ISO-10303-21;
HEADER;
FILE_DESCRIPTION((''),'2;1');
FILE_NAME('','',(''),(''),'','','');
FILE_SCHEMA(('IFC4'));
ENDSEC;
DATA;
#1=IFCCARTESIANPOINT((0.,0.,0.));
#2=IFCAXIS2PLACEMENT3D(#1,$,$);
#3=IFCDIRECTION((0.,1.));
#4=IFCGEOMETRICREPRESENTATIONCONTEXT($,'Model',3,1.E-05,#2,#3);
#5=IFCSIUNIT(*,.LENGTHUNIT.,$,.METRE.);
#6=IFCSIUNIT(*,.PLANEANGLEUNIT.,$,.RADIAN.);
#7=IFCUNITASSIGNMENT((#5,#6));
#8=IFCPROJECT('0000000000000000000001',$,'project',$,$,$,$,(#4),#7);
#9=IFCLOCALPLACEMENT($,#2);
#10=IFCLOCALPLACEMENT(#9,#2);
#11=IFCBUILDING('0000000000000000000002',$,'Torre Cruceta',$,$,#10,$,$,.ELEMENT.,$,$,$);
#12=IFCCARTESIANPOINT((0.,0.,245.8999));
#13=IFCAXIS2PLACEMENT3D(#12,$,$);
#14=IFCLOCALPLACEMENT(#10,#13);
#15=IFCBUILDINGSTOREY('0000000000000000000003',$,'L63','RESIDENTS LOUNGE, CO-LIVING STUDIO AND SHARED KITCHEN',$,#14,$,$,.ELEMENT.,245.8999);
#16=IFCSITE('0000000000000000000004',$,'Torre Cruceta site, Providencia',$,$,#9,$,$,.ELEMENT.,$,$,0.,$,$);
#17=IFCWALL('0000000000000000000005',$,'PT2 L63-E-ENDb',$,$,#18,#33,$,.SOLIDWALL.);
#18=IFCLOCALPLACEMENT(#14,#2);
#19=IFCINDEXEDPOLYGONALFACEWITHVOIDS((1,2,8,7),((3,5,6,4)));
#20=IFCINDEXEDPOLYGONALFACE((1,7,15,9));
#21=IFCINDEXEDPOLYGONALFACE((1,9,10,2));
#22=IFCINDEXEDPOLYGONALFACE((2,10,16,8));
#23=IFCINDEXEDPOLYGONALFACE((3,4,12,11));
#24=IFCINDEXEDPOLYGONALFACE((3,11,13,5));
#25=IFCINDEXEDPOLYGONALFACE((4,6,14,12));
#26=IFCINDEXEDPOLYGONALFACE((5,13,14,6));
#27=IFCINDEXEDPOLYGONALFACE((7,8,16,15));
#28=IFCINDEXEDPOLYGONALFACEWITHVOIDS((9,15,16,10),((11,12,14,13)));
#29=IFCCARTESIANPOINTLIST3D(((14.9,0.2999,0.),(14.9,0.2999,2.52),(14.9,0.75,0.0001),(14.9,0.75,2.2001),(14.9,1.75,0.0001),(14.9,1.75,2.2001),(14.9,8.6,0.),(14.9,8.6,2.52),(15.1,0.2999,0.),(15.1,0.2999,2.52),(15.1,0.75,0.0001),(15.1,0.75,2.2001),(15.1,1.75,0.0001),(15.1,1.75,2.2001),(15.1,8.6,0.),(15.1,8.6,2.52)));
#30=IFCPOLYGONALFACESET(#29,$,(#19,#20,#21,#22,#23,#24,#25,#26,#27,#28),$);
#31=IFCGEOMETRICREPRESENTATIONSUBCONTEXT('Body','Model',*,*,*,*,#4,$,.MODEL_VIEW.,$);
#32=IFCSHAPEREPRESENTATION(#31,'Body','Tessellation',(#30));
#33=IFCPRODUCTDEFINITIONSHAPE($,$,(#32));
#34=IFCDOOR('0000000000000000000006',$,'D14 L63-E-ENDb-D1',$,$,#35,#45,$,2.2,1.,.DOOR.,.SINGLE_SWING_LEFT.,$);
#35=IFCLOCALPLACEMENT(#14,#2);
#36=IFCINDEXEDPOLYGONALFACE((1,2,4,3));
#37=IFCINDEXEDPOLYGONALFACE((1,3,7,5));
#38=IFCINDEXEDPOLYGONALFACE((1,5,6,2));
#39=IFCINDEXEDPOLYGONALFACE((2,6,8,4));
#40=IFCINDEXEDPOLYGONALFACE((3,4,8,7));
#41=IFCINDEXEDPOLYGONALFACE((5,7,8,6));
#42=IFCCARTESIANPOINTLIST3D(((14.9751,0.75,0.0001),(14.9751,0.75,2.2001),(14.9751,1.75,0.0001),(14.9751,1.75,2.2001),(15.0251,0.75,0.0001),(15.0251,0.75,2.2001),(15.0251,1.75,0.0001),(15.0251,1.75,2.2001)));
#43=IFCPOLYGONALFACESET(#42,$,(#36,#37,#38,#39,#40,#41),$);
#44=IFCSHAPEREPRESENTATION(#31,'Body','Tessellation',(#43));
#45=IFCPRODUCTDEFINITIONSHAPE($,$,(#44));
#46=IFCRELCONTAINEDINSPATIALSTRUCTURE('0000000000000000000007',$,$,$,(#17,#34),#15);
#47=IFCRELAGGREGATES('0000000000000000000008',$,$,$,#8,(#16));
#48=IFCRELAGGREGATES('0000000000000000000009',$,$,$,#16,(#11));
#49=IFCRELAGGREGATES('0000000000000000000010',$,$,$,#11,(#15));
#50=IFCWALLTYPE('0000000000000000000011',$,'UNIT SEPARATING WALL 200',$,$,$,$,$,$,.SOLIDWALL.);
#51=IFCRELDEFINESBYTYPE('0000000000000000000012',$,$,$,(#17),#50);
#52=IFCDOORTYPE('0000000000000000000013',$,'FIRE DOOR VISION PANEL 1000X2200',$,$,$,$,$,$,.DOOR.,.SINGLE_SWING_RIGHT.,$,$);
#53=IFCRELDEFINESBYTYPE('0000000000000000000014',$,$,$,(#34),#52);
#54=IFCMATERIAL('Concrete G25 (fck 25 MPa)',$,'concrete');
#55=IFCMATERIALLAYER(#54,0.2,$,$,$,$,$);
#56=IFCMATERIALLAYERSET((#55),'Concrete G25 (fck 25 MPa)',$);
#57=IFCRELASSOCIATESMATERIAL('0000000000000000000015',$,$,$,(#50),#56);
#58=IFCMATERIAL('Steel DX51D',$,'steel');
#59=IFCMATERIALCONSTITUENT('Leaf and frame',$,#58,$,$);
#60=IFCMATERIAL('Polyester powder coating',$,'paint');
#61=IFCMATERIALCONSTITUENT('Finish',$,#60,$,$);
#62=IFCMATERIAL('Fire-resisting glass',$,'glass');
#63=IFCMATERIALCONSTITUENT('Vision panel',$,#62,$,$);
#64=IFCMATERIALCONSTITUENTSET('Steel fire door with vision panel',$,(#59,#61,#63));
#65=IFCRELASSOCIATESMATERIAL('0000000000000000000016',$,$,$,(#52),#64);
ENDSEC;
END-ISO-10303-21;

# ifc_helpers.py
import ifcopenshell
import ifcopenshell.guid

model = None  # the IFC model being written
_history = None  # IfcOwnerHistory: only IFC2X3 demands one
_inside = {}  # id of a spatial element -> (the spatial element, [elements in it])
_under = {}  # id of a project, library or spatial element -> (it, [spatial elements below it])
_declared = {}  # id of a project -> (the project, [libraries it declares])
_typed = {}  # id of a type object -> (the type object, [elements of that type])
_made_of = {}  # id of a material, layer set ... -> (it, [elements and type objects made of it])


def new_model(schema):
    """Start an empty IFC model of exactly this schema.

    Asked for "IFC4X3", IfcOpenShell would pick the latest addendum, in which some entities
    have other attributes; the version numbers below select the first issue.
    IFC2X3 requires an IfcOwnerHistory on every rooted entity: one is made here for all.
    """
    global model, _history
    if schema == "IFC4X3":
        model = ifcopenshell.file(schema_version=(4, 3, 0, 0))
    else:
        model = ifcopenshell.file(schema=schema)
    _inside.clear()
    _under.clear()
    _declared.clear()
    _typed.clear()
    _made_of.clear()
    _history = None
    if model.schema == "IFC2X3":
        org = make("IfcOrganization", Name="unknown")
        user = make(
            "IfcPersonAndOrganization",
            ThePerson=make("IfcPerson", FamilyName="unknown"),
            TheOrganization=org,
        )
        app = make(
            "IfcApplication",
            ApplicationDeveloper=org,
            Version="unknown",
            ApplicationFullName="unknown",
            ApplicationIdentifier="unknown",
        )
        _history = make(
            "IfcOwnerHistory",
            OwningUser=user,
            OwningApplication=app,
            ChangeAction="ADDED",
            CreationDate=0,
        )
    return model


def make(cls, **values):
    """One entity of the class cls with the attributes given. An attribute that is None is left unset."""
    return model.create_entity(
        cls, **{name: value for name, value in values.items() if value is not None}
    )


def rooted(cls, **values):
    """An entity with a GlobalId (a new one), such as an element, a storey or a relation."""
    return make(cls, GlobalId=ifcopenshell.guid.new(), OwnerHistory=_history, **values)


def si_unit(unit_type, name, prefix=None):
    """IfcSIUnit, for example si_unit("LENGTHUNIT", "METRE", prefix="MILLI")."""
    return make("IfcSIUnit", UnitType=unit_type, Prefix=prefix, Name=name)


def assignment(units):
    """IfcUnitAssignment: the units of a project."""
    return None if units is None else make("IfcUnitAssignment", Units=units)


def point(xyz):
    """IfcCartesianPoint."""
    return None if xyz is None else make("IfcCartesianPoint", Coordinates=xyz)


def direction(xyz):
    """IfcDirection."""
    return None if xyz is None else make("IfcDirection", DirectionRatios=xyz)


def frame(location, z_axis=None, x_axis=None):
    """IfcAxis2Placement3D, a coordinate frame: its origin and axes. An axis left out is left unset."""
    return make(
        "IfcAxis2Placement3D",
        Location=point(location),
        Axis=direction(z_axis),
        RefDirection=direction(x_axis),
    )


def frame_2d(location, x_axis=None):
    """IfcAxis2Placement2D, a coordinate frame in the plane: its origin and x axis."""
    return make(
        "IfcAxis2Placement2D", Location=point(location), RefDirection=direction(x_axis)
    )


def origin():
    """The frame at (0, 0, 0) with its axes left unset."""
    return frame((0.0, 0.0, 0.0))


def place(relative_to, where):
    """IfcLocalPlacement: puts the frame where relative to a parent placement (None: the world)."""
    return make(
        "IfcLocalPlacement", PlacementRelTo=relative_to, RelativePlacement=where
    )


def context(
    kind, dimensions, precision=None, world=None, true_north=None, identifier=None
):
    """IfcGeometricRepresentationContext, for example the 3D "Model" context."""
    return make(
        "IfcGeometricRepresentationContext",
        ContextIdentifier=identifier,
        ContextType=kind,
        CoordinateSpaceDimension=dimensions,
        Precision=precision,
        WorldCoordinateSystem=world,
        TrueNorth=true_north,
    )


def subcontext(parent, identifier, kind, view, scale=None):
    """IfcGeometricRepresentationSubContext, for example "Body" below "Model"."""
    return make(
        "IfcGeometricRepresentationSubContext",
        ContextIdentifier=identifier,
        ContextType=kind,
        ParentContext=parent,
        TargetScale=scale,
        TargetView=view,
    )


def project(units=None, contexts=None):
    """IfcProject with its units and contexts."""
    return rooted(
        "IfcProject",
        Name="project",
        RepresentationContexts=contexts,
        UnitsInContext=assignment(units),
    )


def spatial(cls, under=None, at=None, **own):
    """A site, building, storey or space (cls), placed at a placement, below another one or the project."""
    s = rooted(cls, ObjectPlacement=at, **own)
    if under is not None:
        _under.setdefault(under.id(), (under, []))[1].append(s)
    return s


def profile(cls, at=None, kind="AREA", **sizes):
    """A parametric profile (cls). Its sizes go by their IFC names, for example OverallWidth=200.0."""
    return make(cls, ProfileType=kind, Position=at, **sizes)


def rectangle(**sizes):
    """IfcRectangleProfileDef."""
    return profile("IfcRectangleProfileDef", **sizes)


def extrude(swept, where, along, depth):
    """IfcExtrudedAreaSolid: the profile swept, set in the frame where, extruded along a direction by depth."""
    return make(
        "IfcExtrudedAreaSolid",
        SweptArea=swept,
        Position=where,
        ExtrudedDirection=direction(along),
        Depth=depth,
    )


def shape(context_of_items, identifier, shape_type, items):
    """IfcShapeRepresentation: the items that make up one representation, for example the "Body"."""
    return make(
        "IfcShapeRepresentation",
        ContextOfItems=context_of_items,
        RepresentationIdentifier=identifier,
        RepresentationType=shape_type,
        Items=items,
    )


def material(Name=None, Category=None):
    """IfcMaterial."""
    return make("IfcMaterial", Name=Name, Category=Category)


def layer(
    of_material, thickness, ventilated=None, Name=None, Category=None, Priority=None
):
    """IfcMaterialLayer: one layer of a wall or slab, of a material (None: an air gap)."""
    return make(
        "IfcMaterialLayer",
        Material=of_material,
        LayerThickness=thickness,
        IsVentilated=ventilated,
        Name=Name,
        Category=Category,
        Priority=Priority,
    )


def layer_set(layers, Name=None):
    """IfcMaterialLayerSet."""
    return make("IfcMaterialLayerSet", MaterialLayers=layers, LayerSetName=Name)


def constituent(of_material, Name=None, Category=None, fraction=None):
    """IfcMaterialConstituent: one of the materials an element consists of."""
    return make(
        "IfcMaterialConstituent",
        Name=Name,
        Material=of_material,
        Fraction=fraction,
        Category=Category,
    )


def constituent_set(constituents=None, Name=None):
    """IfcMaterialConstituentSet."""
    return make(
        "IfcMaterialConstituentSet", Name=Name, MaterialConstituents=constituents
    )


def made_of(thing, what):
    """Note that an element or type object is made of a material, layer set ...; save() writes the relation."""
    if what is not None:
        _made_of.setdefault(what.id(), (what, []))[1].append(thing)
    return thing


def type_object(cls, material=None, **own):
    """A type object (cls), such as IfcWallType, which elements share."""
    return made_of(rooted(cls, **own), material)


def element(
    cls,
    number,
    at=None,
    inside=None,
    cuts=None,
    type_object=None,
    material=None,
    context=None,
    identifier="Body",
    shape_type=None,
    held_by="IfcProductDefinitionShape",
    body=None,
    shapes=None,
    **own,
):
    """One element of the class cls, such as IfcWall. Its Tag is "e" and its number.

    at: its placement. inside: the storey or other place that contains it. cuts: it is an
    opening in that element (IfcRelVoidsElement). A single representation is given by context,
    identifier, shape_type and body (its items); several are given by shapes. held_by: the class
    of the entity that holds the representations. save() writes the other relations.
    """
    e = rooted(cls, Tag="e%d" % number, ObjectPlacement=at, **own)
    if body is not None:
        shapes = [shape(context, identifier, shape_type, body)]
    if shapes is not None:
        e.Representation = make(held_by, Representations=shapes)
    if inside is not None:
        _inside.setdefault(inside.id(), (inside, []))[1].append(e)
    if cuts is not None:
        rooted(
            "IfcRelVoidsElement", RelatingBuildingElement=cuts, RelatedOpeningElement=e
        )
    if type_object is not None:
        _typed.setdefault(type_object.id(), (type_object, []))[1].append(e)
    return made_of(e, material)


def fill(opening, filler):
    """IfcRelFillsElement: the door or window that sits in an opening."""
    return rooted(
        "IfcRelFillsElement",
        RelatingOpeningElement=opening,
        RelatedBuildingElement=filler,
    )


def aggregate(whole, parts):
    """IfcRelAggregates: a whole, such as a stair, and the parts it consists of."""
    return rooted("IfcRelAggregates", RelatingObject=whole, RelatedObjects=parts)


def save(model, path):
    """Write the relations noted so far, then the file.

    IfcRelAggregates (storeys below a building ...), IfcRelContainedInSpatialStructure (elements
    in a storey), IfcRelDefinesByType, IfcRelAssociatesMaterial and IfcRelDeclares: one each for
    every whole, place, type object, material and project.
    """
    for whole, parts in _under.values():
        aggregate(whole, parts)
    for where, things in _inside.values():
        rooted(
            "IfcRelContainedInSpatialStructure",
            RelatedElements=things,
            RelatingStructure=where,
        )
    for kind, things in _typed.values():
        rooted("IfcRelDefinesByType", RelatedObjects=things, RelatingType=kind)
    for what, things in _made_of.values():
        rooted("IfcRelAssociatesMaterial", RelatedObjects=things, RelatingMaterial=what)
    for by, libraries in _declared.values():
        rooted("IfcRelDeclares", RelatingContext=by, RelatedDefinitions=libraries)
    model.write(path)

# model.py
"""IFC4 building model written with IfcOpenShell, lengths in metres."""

from ifc_helpers import new_model, si_unit, direction, frame, frame_2d, origin, place, context, subcontext, project, spatial, rectangle, extrude, material, layer, layer_set, constituent, constituent_set, type_object, element, fill, save


model = new_model("IFC4")

# Units and contexts
model_context = context("Model", 3, precision=1e-05, world=origin(), true_north=direction((0.0, 1.0)))
body_context = subcontext(model_context, "Body", "Model", "MODEL_VIEW")
ifc_project = project(units=[si_unit("LENGTHUNIT", "METRE"), si_unit("PLANEANGLEUNIT", "RADIAN")], contexts=[model_context])

# Site, building, storey
site_placement = place(None, origin())
site = spatial("IfcSite", under=ifc_project, at=site_placement, Name="Torre Cruceta site, Providencia", CompositionType="ELEMENT", RefElevation=0.0)
building_placement = place(site_placement, origin())
building = spatial("IfcBuilding", under=site, at=building_placement, Name="Torre Cruceta", CompositionType="ELEMENT")
storey_placement = place(building_placement, frame((0.0, 0.0, 245.8999)))
storey = spatial("IfcBuildingStorey", under=building, at=storey_placement, Name="L63", Description="RESIDENTS LOUNGE, CO-LIVING STUDIO AND SHARED KITCHEN", CompositionType="ELEMENT", Elevation=245.8999)

# Wall, opening, door
ifc_material_1 = material(Name="Concrete G25 (fck 25 MPa)", Category="concrete")
ifc_layer_1 = layer(ifc_material_1, 0.2)
ifc_layer_set_1 = layer_set([ifc_layer_1], Name="Concrete G25 (fck 25 MPa)")
wall_type_1 = type_object("IfcWallType", Name="UNIT SEPARATING WALL 200", PredefinedType="SOLIDWALL", material=ifc_layer_set_1)
wall_1_placement = place(storey_placement, frame((15.0, 0.3, 0.0), z_axis=(0.0, 0.0, 1.0), x_axis=(0.0, 1.0, 0.0)))
wall_1 = element("IfcWall", 1, at=wall_1_placement, inside=storey, type_object=wall_type_1, Name="PT2 L63-E-ENDb", PredefinedType="SOLIDWALL", context=body_context, shape_type="SweptSolid", body=[
    extrude(rectangle(XDim=8.3, YDim=0.2, at=frame_2d((4.1499, 0.0))), origin(), (0.0, 0.0, 1.0), 2.52),
])
opening_1_placement = place(wall_1_placement, frame((0.45, 0.0, 0.0)))
opening_1 = element("IfcOpeningElement", 2, at=opening_1_placement, cuts=wall_1, PredefinedType="OPENING", context=body_context, shape_type="SweptSolid", body=[
    extrude(rectangle(XDim=1.0, YDim=2.2, at=frame_2d((0.5, 1.1001))), frame((0.0, 0.1099, 0.0), z_axis=(0.0, -1.0, 0.0), x_axis=(1.0, 0.0, 0.0)), (0.0, 0.0, 1.0), 0.22),
])
ifc_material_2 = material(Name="Steel DX51D", Category="steel")
ifc_constituent_1 = constituent(ifc_material_2, Name="Leaf and frame")
ifc_material_3 = material(Name="Polyester powder coating", Category="paint")
ifc_constituent_2 = constituent(ifc_material_3, Name="Finish")
ifc_material_4 = material(Name="Fire-resisting glass", Category="glass")
ifc_constituent_3 = constituent(ifc_material_4, Name="Vision panel")
ifc_constituent_set_1 = constituent_set(constituents=[ifc_constituent_1, ifc_constituent_2, ifc_constituent_3], Name="Steel fire door with vision panel")
door_type_1 = type_object("IfcDoorType", Name="FIRE DOOR VISION PANEL 1000X2200", OperationType="SINGLE_SWING_RIGHT", PredefinedType="DOOR", material=ifc_constituent_set_1)
door_1_placement = place(opening_1_placement, frame((1.0, 0.0, 0.0), z_axis=(0.0, 0.0, 1.0), x_axis=(-1.0, 0.0, 0.0)))
door_1 = element("IfcDoor", 3, at=door_1_placement, inside=storey, type_object=door_type_1, Name="D14 L63-E-ENDb-D1", OperationType="SINGLE_SWING_LEFT", OverallHeight=2.2, OverallWidth=1.0, PredefinedType="DOOR", context=body_context, shape_type="SweptSolid", body=[
    extrude(rectangle(XDim=1.0, YDim=2.2, at=frame_2d((0.5, 1.1001))), frame((0.0, 0.0251, 0.0), z_axis=(0.0, -1.0, 0.0), x_axis=(1.0, 0.0, 0.0)), (0.0, 0.0, 1.0), 0.05),
])
fill(opening_1, door_1)

save(model, "model.ifc")
